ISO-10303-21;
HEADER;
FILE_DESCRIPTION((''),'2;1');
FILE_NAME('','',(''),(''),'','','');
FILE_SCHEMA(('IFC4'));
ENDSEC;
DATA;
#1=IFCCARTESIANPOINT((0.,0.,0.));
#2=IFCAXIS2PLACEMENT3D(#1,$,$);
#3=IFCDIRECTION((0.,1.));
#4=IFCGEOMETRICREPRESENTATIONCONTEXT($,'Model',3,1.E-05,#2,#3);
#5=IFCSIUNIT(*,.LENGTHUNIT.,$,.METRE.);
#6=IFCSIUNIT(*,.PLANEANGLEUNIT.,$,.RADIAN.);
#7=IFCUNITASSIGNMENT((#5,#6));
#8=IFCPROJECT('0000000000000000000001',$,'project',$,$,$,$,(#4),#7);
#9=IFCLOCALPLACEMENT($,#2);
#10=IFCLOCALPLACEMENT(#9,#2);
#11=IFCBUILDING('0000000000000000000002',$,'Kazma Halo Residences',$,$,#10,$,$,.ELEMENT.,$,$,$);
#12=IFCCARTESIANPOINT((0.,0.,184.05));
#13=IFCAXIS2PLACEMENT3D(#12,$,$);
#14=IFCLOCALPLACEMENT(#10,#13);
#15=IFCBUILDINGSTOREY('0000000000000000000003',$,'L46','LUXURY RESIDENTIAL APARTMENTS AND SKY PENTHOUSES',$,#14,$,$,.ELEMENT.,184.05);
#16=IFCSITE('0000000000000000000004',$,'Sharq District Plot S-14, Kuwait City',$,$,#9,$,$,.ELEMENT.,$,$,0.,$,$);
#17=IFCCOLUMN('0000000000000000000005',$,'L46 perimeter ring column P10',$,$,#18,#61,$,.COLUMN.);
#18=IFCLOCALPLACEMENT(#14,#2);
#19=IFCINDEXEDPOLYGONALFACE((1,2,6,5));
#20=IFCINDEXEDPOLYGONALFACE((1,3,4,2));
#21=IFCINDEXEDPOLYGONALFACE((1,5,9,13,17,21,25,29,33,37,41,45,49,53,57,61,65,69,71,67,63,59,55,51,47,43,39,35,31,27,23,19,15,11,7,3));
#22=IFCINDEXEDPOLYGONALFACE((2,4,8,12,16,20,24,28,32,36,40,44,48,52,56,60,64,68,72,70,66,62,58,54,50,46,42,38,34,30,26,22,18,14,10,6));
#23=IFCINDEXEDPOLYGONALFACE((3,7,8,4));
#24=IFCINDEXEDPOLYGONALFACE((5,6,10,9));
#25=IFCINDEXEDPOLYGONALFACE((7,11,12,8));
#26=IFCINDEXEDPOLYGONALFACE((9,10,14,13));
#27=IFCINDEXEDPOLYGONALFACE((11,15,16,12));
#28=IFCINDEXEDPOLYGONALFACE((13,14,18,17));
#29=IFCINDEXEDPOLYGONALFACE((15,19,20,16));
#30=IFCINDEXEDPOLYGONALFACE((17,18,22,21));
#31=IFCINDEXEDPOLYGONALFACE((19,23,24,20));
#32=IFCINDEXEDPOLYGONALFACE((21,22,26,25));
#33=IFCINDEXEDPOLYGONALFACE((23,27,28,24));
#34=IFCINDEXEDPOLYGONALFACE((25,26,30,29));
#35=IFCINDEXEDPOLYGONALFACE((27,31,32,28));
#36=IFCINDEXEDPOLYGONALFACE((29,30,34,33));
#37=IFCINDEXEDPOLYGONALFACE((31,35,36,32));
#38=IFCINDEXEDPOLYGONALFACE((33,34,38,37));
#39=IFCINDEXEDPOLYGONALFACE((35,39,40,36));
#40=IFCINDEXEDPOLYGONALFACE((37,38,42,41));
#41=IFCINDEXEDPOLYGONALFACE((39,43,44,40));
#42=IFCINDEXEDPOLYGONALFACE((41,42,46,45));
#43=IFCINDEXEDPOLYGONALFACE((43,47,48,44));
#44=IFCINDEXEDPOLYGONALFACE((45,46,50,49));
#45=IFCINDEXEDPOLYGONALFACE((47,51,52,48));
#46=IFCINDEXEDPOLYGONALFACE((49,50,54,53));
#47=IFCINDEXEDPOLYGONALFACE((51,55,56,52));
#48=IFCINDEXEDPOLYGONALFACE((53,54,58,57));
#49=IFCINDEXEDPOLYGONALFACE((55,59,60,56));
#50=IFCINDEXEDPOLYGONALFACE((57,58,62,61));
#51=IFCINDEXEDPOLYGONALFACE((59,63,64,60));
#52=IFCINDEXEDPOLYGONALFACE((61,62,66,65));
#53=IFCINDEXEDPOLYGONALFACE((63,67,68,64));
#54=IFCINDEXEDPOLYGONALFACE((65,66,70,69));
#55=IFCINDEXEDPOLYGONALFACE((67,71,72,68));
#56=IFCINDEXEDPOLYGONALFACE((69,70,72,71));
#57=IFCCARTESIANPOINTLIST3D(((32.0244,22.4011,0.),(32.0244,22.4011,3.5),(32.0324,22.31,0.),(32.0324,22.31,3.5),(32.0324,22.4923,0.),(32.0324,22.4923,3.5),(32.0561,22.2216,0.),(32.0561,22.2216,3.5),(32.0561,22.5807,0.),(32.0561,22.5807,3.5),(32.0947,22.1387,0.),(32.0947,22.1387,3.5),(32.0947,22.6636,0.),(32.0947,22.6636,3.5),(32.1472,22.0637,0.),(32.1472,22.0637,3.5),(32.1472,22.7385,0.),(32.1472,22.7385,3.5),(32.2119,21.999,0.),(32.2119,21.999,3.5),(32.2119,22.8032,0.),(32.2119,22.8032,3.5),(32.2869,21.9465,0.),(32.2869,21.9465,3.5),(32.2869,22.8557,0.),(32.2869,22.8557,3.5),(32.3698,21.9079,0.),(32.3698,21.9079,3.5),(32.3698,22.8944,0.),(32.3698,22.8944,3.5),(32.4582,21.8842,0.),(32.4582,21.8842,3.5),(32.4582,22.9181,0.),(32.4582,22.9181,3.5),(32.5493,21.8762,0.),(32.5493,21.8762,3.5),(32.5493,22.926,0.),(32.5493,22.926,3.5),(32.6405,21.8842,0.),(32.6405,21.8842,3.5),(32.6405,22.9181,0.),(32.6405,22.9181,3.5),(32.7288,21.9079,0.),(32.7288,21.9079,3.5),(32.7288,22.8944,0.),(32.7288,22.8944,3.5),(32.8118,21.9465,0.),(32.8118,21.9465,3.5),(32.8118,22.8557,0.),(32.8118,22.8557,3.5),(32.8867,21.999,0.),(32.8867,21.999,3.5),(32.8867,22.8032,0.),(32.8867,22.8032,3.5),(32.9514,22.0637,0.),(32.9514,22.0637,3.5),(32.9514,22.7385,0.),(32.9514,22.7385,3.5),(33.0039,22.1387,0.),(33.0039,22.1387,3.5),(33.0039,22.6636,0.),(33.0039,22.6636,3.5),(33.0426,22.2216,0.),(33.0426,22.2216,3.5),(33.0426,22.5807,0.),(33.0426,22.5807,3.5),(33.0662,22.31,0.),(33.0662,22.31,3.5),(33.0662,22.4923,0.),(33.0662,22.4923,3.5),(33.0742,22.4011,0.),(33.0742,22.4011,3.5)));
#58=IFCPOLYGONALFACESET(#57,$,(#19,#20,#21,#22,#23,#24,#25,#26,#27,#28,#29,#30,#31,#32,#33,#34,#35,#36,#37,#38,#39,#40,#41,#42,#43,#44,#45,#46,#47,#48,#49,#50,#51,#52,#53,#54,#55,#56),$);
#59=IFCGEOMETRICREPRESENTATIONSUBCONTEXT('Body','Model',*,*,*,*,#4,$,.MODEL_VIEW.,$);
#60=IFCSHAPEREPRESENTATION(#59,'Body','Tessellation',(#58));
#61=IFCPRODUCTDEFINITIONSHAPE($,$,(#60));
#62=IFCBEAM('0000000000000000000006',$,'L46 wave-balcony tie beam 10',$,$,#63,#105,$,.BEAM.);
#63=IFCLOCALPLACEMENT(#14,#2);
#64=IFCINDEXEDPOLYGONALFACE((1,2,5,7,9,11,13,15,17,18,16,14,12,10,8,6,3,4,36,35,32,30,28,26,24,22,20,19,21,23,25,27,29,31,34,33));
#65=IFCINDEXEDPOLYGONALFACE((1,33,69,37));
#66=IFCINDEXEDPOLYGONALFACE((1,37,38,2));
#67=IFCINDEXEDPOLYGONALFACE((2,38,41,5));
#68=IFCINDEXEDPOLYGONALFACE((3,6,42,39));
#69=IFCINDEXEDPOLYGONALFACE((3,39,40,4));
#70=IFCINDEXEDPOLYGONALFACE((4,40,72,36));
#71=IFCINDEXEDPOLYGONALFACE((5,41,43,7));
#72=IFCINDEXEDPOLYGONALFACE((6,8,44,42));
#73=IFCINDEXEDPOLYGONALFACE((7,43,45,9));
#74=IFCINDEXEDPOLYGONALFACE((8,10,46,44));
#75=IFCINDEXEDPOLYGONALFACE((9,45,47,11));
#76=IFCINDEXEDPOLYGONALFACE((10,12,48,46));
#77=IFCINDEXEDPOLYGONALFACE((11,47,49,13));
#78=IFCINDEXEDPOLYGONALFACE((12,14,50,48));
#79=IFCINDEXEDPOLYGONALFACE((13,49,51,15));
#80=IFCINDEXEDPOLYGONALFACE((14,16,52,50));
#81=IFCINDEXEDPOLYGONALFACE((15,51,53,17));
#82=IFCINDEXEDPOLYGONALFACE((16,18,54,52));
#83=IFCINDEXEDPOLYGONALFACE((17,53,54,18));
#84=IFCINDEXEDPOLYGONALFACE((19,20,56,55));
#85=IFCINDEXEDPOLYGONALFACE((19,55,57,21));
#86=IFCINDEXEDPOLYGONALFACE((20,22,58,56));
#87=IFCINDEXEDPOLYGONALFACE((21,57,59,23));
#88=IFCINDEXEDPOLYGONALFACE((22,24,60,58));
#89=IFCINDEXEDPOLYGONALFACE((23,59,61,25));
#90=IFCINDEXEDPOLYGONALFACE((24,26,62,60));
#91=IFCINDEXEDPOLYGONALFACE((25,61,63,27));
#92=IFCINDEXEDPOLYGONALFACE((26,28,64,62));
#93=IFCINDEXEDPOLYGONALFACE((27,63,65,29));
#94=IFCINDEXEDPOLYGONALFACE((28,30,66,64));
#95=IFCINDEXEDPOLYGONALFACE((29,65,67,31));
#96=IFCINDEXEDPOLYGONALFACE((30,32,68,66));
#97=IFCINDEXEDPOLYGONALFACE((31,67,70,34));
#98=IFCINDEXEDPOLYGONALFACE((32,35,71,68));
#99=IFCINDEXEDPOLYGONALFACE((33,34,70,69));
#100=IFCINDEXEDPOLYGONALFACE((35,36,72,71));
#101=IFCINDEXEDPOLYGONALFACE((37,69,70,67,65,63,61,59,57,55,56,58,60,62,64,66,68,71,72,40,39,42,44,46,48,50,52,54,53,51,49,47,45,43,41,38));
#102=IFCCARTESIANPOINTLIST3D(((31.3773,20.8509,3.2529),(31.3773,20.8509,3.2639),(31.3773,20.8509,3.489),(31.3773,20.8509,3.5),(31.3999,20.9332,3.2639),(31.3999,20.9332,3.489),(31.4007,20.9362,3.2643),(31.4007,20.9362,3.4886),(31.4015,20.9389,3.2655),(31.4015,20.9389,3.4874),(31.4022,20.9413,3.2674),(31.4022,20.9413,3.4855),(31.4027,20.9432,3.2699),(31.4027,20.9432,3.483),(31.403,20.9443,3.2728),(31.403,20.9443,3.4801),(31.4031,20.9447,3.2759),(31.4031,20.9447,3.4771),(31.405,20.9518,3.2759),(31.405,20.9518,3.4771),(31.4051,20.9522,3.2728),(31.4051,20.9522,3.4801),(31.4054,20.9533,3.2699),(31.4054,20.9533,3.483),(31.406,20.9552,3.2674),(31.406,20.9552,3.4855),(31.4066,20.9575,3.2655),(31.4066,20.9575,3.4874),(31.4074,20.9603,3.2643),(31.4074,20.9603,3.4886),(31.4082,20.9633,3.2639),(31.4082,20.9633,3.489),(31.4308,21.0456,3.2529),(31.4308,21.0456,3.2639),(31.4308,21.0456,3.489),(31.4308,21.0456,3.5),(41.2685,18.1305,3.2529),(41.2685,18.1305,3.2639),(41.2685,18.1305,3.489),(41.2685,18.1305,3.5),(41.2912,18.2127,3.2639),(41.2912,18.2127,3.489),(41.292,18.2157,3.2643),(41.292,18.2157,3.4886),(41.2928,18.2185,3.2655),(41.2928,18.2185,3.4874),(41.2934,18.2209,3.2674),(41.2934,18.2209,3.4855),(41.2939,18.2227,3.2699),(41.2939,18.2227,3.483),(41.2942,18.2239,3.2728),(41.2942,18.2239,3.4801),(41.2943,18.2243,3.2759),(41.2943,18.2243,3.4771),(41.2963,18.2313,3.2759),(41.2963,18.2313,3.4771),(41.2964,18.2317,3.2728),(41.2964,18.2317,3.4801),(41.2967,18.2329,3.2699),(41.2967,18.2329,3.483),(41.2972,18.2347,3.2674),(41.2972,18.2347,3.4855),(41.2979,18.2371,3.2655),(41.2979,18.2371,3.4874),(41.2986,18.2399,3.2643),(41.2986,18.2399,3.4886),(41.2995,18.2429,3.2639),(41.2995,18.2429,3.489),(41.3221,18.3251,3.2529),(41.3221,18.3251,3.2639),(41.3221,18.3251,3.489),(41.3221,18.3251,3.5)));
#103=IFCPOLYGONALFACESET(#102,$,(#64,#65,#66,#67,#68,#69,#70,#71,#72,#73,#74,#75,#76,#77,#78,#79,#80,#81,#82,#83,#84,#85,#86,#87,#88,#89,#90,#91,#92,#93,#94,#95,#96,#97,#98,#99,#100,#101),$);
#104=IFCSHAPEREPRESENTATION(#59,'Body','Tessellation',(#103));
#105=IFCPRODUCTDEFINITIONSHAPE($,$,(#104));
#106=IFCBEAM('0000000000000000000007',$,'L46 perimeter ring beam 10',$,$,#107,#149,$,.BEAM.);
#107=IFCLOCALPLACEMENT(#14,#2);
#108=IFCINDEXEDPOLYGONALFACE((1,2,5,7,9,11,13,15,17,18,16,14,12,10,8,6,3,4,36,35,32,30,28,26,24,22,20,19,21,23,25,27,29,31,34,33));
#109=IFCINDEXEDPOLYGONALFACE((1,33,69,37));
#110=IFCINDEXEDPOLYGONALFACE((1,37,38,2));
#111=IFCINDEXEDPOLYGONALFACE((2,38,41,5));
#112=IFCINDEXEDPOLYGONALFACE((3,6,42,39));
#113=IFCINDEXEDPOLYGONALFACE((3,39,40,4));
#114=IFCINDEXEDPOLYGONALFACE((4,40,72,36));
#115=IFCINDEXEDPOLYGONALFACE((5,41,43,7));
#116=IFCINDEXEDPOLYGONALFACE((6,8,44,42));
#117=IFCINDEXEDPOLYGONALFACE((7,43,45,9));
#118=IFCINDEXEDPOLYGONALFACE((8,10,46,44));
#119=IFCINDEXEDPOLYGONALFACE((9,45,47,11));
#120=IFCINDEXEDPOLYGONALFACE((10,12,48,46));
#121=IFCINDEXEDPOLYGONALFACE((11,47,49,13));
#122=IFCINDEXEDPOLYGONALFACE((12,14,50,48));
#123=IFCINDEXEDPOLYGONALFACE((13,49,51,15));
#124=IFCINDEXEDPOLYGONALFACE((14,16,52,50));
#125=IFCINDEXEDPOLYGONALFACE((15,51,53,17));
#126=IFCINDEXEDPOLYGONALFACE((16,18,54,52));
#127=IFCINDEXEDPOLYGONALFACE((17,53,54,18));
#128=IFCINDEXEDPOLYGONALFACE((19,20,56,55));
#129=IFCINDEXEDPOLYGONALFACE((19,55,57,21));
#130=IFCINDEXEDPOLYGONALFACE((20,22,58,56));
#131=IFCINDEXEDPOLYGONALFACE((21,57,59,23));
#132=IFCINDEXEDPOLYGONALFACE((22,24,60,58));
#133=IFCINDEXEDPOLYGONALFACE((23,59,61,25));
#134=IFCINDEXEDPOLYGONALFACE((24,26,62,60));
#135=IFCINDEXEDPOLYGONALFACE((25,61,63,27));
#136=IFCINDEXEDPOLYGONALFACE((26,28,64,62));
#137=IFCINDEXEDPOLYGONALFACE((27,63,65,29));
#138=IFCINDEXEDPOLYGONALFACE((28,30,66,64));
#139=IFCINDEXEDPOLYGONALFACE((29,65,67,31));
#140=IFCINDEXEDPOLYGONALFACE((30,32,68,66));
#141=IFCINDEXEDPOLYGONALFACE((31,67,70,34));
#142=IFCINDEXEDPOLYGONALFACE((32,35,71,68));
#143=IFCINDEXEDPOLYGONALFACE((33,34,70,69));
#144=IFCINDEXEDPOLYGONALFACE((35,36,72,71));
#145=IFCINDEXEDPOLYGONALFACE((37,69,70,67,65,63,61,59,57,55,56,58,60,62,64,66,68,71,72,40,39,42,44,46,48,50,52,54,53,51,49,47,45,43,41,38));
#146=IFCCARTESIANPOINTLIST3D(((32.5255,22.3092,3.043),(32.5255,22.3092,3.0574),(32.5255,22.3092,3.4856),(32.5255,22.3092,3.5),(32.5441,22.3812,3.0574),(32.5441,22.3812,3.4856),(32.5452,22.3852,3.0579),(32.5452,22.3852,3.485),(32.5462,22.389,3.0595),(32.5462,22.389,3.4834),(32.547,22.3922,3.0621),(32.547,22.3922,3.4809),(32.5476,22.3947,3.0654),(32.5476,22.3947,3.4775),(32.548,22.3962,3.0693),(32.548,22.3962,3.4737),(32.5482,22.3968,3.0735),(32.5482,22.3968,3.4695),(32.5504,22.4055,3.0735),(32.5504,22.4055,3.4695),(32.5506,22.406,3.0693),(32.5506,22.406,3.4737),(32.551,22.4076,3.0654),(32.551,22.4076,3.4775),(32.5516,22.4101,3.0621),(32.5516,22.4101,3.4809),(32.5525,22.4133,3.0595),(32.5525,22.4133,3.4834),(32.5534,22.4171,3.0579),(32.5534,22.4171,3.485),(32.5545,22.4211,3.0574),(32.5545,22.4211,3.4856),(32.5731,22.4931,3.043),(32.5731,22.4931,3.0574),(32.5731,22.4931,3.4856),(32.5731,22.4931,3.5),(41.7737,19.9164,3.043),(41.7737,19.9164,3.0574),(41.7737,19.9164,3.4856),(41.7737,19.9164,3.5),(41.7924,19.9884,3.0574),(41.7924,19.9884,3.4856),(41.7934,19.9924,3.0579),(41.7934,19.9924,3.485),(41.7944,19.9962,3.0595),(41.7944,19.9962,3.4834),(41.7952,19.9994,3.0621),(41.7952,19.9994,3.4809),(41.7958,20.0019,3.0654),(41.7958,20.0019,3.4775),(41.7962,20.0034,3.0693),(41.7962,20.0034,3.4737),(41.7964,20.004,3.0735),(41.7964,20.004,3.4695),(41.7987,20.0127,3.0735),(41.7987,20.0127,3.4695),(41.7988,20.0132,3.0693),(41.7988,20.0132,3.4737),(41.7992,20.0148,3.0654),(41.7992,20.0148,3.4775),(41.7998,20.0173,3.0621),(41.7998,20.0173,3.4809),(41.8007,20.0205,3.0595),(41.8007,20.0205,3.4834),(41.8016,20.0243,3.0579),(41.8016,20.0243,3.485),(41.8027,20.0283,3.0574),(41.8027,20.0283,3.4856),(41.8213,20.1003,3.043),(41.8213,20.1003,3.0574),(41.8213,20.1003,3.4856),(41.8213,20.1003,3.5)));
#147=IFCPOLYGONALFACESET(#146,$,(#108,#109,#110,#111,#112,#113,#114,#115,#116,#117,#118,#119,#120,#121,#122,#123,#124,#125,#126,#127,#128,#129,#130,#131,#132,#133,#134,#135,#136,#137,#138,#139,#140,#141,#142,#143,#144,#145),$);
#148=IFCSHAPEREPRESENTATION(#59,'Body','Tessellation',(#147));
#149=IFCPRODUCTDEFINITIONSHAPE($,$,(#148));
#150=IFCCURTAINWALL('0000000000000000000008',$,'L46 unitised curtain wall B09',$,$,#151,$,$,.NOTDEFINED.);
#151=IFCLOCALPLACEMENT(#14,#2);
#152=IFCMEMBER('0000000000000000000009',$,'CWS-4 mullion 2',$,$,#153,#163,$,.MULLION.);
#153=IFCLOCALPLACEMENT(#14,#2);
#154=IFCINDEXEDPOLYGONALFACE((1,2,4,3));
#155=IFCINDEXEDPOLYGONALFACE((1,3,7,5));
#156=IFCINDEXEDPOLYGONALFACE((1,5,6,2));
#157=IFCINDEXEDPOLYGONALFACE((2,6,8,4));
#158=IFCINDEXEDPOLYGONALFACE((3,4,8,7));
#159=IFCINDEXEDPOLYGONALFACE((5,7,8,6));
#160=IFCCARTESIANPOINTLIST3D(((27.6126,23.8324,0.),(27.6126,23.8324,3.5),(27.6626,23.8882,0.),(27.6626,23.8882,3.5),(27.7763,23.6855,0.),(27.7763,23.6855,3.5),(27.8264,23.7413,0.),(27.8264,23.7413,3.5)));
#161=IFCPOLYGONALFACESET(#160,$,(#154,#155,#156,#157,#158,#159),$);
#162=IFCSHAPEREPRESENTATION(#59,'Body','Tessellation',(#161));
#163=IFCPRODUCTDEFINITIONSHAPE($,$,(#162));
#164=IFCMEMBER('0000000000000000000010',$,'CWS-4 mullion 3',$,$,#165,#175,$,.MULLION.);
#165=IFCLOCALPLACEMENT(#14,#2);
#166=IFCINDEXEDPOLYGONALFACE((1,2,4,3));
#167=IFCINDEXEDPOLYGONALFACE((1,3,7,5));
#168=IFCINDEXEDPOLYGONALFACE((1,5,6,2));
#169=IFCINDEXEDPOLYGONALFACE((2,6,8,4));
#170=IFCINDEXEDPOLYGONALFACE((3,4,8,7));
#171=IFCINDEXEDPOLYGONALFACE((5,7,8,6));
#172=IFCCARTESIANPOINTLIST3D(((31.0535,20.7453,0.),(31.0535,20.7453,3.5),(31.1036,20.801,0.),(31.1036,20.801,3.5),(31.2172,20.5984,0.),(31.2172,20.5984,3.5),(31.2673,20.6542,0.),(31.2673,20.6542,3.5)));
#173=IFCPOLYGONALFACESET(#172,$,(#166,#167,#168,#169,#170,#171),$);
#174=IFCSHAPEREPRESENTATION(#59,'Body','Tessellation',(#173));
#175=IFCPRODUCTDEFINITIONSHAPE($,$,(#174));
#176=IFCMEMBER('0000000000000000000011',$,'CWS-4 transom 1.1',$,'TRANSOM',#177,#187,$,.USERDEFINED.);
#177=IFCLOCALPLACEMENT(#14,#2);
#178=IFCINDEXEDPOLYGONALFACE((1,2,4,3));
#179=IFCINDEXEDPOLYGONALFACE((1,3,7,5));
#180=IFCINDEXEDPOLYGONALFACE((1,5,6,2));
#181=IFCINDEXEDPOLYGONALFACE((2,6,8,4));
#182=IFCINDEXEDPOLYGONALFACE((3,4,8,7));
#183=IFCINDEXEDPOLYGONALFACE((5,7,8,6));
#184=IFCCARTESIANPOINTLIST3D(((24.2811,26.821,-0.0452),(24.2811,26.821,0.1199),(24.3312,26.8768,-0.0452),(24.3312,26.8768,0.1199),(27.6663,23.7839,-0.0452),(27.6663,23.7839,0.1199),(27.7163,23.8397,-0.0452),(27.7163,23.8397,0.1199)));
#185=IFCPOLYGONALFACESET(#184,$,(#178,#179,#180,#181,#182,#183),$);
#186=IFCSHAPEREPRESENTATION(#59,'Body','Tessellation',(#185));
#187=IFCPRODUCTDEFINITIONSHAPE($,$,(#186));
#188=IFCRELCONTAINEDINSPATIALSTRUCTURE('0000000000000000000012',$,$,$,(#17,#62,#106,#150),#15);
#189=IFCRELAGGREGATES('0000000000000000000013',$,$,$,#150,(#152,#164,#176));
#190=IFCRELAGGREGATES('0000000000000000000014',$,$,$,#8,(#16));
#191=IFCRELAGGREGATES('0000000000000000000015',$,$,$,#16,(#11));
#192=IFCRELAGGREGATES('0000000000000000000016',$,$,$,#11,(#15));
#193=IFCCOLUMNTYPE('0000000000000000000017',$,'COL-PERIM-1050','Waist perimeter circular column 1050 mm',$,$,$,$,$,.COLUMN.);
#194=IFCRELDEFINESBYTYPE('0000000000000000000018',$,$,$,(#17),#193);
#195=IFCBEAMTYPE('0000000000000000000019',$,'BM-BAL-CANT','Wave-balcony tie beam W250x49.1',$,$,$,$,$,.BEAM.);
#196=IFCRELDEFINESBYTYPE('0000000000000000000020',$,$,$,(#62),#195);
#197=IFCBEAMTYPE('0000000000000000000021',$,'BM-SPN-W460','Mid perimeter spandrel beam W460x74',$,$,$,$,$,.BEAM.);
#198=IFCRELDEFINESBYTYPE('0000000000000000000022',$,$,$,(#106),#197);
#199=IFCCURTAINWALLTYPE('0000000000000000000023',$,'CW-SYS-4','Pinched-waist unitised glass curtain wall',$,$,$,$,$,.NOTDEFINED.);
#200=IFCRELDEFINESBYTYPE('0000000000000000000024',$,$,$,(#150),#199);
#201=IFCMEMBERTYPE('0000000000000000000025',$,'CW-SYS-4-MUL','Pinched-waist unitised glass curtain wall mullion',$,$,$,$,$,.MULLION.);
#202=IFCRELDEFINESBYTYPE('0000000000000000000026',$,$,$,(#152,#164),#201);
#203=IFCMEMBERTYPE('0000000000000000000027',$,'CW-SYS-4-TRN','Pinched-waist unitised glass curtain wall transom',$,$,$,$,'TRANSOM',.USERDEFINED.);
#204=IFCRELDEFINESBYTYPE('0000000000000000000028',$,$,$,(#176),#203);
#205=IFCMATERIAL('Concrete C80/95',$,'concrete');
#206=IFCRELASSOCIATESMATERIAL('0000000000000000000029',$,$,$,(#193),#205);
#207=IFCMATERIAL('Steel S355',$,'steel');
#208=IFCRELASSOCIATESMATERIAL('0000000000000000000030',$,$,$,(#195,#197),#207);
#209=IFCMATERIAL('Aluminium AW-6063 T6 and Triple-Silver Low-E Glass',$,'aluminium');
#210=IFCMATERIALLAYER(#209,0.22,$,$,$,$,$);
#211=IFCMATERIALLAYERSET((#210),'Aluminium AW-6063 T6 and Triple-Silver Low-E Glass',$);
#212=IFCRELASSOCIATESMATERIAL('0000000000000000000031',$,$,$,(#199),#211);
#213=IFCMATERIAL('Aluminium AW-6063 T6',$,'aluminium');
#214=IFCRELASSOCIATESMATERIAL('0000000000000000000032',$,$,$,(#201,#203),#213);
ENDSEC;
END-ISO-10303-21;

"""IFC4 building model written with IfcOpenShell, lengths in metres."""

from ifc_helpers import new_model, si_unit, direction, frame, origin, origin_2d, place, context, subcontext, project, spatial, rectangle, circle, i_section, extrude, material, layer, layer_set, material_profile, profile_set, type_object, element, aggregate, save


model = new_model("IFC4")

# Units and contexts
model_context = context("Model", 3, precision=1e-05, world=origin(), true_north=direction((0.0, 1.0)))
body_context = subcontext(model_context, "Body", "Model", "MODEL_VIEW")
ifc_project = project(units=[si_unit("LENGTHUNIT", "METRE"), si_unit("PLANEANGLEUNIT", "RADIAN")], contexts=[model_context])

# Site, building, storey
site_placement = place(None, origin())
site = spatial("IfcSite", under=ifc_project, at=site_placement, Name="Sharq District Plot S-14, Kuwait City", CompositionType="ELEMENT", RefElevation=0.0)
building_placement = place(site_placement, origin())
building = spatial("IfcBuilding", under=site, at=building_placement, Name="Kazma Halo Residences", CompositionType="ELEMENT")
storey_placement = place(building_placement, frame((0.0, 0.0, 184.05)))
storey = spatial("IfcBuildingStorey", under=building, at=storey_placement, Name="L46", Description="LUXURY RESIDENTIAL APARTMENTS AND SKY PENTHOUSES", CompositionType="ELEMENT", Elevation=184.05)

# Column
ifc_material_1 = material(Name="Concrete C80/95", Category="concrete")
ifc_material_profile_1 = material_profile(ifc_material_1, circle(Radius=0.5249, at=origin_2d()), Name="CIRC1050")
ifc_profile_set_1 = profile_set([ifc_material_profile_1], Name="Concrete C80/95")
column_type = type_object("IfcColumnType", Name="COL-PERIM-1050", Description="Waist perimeter circular column 1050 mm", PredefinedType="COLUMN", material=ifc_profile_set_1)
column_placement = place(storey_placement, frame((32.5493, 22.4011, 0.0), z_axis=(0.0, 0.0, 1.0), x_axis=(1.0, 0.0, 0.0)))
element("IfcColumn", 1, at=column_placement, inside=storey, type_object=column_type, Name="L46 perimeter ring column P10", PredefinedType="COLUMN", context=body_context, shape_type="SweptSolid", body=[
    extrude(circle(Radius=0.5249, at=origin_2d()), origin(), (0.0, 0.0, 1.0), 3.5),
])

# Beams
ifc_material_2 = material(Name="Steel S355", Category="steel")
ifc_material_profile_2 = material_profile(ifc_material_2, i_section(OverallWidth=0.2019, OverallDepth=0.2471, WebThickness=0.0073, FlangeThickness=0.011, FilletRadius=0.012, at=origin_2d()), Name="W250x49.1")
ifc_profile_set_2 = profile_set([ifc_material_profile_2], Name="Steel S355")
beam_type_1 = type_object("IfcBeamType", Name="BM-BAL-CANT", Description="Wave-balcony tie beam W250x49.1", PredefinedType="BEAM", material=ifc_profile_set_2)
beam_1_placement = place(storey_placement, frame((31.4041, 20.9482, 3.3765), z_axis=(0.964197, -0.265187, 0.0), x_axis=(0.265187, 0.964197, 0.0)))
element("IfcBeam", 2, at=beam_1_placement, inside=storey, type_object=beam_type_1, Name="L46 wave-balcony tie beam 10", PredefinedType="BEAM", context=body_context, shape_type="SweptSolid", body=[
    extrude(i_section(OverallWidth=0.2019, OverallDepth=0.2471, WebThickness=0.0073, FlangeThickness=0.011, FilletRadius=0.012, at=origin_2d()), origin(), (0.0, 0.0, 1.0), 10.2585),
])
ifc_material_profile_3 = material_profile(ifc_material_2, i_section(OverallWidth=0.1899, OverallDepth=0.457, WebThickness=0.009, FlangeThickness=0.0144, FilletRadius=0.0161, at=origin_2d()), Name="W460x74")
ifc_profile_set_3 = profile_set([ifc_material_profile_3], Name="Steel S355")
beam_type_2 = type_object("IfcBeamType", Name="BM-SPN-W460", Description="Mid perimeter spandrel beam W460x74", PredefinedType="BEAM", material=ifc_profile_set_3)
beam_2_placement = place(storey_placement, frame((32.5493, 22.4011, 3.2715), z_axis=(0.968121, -0.250483, 0.0), x_axis=(0.250483, 0.968121, 0.0)))
element("IfcBeam", 3, at=beam_2_placement, inside=storey, type_object=beam_type_2, Name="L46 perimeter ring beam 10", PredefinedType="BEAM", context=body_context, shape_type="SweptSolid", body=[
    extrude(i_section(OverallWidth=0.1899, OverallDepth=0.457, WebThickness=0.009, FlangeThickness=0.0144, FilletRadius=0.0161, at=origin_2d()), origin(), (0.0, 0.0, 1.0), 9.5527),
])

# Curtain wall, members
ifc_material_3 = material(Name="Aluminium AW-6063 T6 and Triple-Silver Low-E Glass", Category="aluminium")
ifc_layer_1 = layer(ifc_material_3, 0.22)
ifc_layer_set_1 = layer_set([ifc_layer_1], Name="Aluminium AW-6063 T6 and Triple-Silver Low-E Glass")
curtain_wall_type = type_object("IfcCurtainWallType", Name="CW-SYS-4", Description="Pinched-waist unitised glass curtain wall", PredefinedType="NOTDEFINED", material=ifc_layer_set_1)
curtain_wall_placement = place(storey_placement, origin())
curtain_wall = element("IfcCurtainWall", 4, at=curtain_wall_placement, inside=storey, type_object=curtain_wall_type, Name="L46 unitised curtain wall B09", PredefinedType="NOTDEFINED")
ifc_material_4 = material(Name="Aluminium AW-6063 T6", Category="aluminium")
ifc_material_profile_4 = material_profile(ifc_material_4, rectangle(XDim=0.075, YDim=0.22, at=origin_2d()), Name="CWM-75x220")
ifc_profile_set_4 = profile_set([ifc_material_profile_4], Name="Aluminium AW-6063 T6")
member_type_1 = type_object("IfcMemberType", Name="CW-SYS-4-MUL", Description="Pinched-waist unitised glass curtain wall mullion", PredefinedType="MULLION", material=ifc_profile_set_4)
member_1_placement = place(storey_placement, frame((27.7195, 23.7869, 0.0), z_axis=(0.0, 0.0, 1.0), x_axis=(0.667784, 0.744355, 0.0)))
member_1 = element("IfcMember", 5, at=member_1_placement, type_object=member_type_1, Name="CWS-4 mullion 2", PredefinedType="MULLION", context=body_context, shape_type="SweptSolid", body=[
    extrude(rectangle(XDim=0.075, YDim=0.22, at=origin_2d()), origin(), (0.0, 0.0, 1.0), 3.5),
])
member_2_placement = place(storey_placement, frame((31.1604, 20.6997, 0.0), z_axis=(0.0, 0.0, 1.0), x_axis=(0.667784, 0.744355, 0.0)))
member_2 = element("IfcMember", 6, at=member_2_placement, type_object=member_type_1, Name="CWS-4 mullion 3", PredefinedType="MULLION", context=body_context, shape_type="SweptSolid", body=[
    extrude(rectangle(XDim=0.075, YDim=0.22, at=origin_2d()), origin(), (0.0, 0.0, 1.0), 3.5),
])
ifc_material_profile_5 = material_profile(ifc_material_4, rectangle(XDim=0.075, YDim=0.165, at=origin_2d()), Name="CWT-75x165")
ifc_profile_set_5 = profile_set([ifc_material_profile_5], Name="Aluminium AW-6063 T6")
member_type_2 = type_object("IfcMemberType", Name="CW-SYS-4-TRN", Description="Pinched-waist unitised glass curtain wall transom", ElementType="TRANSOM", PredefinedType="USERDEFINED", material=ifc_profile_set_5)
member_3_placement = place(storey_placement, frame((24.3062, 26.8489, 0.0374), z_axis=(0.744345, -0.667795, 0.0), x_axis=(0.667795, 0.744345, 0.0)))
member_3 = element("IfcMember", 7, at=member_3_placement, type_object=member_type_2, Name="CWS-4 transom 1.1", ObjectType="TRANSOM", PredefinedType="USERDEFINED", context=body_context, shape_type="SweptSolid", body=[
    extrude(rectangle(XDim=0.075, YDim=0.165, at=origin_2d()), origin(), (0.0, 0.0, 1.0), 4.5479),
])
aggregate(curtain_wall, [member_1, member_2, member_3])

save(model, "model.ifc")
